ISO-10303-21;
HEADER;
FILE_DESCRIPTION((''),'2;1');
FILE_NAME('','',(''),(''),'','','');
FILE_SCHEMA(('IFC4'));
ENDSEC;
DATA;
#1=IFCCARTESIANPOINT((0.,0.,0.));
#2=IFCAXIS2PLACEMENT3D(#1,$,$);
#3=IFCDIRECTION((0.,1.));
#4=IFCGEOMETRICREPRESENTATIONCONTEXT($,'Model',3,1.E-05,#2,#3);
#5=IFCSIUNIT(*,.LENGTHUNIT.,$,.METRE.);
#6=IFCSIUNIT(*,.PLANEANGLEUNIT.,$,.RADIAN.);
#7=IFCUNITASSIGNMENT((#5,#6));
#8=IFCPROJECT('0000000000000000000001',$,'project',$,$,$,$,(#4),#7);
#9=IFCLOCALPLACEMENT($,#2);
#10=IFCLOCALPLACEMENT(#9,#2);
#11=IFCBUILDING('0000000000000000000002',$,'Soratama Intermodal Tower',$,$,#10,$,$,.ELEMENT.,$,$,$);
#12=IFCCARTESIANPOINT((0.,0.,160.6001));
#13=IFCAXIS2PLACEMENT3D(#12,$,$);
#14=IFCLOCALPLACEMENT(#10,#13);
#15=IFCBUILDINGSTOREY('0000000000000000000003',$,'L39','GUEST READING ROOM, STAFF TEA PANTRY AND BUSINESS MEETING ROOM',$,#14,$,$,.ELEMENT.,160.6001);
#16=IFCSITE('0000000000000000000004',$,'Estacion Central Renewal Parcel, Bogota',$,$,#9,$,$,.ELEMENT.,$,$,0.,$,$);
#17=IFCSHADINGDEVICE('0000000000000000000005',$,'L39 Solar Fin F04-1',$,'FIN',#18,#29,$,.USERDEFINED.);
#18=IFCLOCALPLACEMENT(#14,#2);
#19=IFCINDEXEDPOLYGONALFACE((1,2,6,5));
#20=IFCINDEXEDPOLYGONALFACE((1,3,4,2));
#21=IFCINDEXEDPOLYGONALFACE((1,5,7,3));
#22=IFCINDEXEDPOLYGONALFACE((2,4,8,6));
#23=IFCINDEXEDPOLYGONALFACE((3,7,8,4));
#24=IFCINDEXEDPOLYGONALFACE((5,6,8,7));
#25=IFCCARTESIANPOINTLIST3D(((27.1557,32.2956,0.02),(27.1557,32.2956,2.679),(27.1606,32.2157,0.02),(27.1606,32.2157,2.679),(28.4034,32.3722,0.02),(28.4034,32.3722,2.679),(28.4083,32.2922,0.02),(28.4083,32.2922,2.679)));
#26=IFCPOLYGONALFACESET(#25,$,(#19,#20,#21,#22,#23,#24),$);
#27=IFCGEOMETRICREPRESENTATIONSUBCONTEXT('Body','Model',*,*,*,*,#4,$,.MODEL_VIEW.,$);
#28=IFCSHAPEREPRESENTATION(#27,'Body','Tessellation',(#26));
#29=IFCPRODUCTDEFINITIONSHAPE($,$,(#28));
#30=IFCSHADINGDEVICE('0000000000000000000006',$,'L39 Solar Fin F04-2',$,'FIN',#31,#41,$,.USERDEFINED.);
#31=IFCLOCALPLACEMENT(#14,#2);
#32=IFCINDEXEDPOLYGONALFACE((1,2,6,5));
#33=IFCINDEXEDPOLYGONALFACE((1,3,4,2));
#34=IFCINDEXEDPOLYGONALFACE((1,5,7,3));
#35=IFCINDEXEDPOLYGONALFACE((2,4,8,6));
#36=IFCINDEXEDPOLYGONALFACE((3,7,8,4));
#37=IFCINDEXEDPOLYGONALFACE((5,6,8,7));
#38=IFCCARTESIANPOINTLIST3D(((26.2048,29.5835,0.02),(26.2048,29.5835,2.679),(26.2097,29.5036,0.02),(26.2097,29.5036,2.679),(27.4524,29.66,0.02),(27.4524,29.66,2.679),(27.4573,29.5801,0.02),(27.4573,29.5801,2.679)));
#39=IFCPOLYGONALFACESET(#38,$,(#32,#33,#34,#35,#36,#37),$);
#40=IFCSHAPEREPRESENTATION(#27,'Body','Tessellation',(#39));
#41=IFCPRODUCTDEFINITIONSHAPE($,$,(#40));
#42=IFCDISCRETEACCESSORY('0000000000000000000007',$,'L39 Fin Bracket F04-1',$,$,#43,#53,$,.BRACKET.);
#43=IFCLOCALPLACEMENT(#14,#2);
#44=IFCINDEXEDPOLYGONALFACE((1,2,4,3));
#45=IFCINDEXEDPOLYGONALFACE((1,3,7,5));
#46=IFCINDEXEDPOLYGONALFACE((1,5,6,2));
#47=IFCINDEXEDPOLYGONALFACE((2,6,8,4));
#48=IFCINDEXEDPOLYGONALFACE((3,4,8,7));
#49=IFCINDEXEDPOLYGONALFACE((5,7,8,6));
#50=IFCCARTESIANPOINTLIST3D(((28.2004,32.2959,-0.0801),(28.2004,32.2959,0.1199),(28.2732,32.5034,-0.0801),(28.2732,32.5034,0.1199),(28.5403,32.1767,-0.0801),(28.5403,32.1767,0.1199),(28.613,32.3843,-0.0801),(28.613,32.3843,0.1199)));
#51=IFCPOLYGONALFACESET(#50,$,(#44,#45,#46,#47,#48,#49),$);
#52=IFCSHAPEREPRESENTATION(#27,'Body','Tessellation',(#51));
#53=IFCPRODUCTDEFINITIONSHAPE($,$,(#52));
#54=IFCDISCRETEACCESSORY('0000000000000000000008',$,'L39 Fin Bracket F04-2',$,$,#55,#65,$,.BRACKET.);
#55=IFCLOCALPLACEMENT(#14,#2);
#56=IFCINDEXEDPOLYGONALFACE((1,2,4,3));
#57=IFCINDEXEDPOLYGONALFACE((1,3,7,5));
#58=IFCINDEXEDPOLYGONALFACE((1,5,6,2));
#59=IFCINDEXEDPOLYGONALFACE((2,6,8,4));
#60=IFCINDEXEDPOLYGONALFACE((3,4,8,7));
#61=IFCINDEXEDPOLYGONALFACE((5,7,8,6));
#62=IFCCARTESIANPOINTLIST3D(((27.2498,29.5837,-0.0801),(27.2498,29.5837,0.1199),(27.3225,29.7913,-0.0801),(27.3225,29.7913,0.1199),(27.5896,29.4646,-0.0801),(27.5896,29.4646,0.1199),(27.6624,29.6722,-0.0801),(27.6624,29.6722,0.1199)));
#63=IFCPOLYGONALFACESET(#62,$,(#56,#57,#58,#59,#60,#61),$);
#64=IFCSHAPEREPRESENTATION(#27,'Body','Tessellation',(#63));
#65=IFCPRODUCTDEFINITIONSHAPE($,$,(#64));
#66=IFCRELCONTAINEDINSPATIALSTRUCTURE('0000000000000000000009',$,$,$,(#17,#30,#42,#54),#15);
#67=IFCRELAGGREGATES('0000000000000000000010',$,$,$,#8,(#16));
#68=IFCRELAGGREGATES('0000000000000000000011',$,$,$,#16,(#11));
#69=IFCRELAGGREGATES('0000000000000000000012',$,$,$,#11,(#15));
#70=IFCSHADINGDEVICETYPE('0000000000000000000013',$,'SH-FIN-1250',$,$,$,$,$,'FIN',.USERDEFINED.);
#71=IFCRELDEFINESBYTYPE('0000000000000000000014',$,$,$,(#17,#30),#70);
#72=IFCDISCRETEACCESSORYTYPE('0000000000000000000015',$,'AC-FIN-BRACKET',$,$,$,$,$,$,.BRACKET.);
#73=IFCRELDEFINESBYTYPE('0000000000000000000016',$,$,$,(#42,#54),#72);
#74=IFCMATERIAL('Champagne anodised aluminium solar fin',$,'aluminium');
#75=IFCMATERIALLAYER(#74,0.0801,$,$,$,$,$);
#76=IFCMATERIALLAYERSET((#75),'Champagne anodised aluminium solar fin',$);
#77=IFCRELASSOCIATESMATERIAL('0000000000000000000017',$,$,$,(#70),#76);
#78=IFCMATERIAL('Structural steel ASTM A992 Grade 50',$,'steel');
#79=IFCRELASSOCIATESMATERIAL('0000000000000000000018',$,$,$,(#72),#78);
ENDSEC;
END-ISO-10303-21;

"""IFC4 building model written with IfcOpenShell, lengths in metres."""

from ifc_helpers import new_model, si_unit, direction, frame, origin, origin_2d, place, context, subcontext, project, spatial, rectangle, extrude, material, layer, layer_set, type_object, element, save


model = new_model("IFC4")

# Units and contexts
model_context = context("Model", 3, precision=1e-05, world=origin(), true_north=direction((0.0, 1.0)))
body_context = subcontext(model_context, "Body", "Model", "MODEL_VIEW")
ifc_project = project(units=[si_unit("LENGTHUNIT", "METRE"), si_unit("PLANEANGLEUNIT", "RADIAN")], contexts=[model_context])

# Site, building, storey
site_placement = place(None, origin())
site = spatial("IfcSite", under=ifc_project, at=site_placement, Name="Estacion Central Renewal Parcel, Bogota", CompositionType="ELEMENT", RefElevation=0.0)
building_placement = place(site_placement, origin())
building = spatial("IfcBuilding", under=site, at=building_placement, Name="Soratama Intermodal Tower", CompositionType="ELEMENT")
storey_placement = place(building_placement, frame((0.0, 0.0, 160.6001)))
storey = spatial("IfcBuildingStorey", under=building, at=storey_placement, Name="L39", Description="GUEST READING ROOM, STAFF TEA PANTRY AND BUSINESS MEETING ROOM", CompositionType="ELEMENT", Elevation=160.6001)

# Shading devices
ifc_material_1 = material(Name="Champagne anodised aluminium solar fin", Category="aluminium")
ifc_layer_1 = layer(ifc_material_1, 0.0801)
ifc_layer_set_1 = layer_set([ifc_layer_1], Name="Champagne anodised aluminium solar fin")
shading_device_type = type_object("IfcShadingDeviceType", Name="SH-FIN-1250", ElementType="FIN", PredefinedType="USERDEFINED", material=ifc_layer_set_1)
for number, where, z_axis, x_axis, name in (
    (1, (27.782, 32.2939, 0.02), (0.0, 0.0, 1.0), (-0.998124, -0.061223, 0.0), "L39 Solar Fin F04-1"),
    (2, (26.8311, 29.5818, 0.02), (0.0, 0.0, 1.0), (-0.998124, -0.061223, 0.0), "L39 Solar Fin F04-2"),
):
    element("IfcShadingDevice", number, at=place(storey_placement, frame(where, z_axis=z_axis, x_axis=x_axis)), inside=storey, type_object=shading_device_type, Name=name, ObjectType="FIN", PredefinedType="USERDEFINED", context=body_context, shape_type="SweptSolid", body=[
        extrude(rectangle(XDim=1.25, YDim=0.0801, at=origin_2d()), origin(), (0.0, 0.0, 1.0), 2.6589),
    ])

# Discrete accessories
ifc_material_2 = material(Name="Structural steel ASTM A992 Grade 50", Category="steel")
discrete_accessory_type = type_object("IfcDiscreteAccessoryType", Name="AC-FIN-BRACKET", PredefinedType="BRACKET", material=ifc_material_2)
for number, where, z_axis, x_axis, name in (
    (3, (28.4067, 32.3401, -0.0801), (0.0, 0.0, 1.0), (-0.943686, 0.330844, 0.0), "L39 Fin Bracket F04-1"),
    (4, (27.4561, 29.6279, -0.0801), (0.0, 0.0, 1.0), (-0.943686, 0.330844, 0.0), "L39 Fin Bracket F04-2"),
):
    element("IfcDiscreteAccessory", number, at=place(storey_placement, frame(where, z_axis=z_axis, x_axis=x_axis)), inside=storey, type_object=discrete_accessory_type, Name=name, PredefinedType="BRACKET", context=body_context, shape_type="SweptSolid", body=[
        extrude(rectangle(XDim=0.3601, YDim=0.22, at=origin_2d()), origin(), (0.0, 0.0, 1.0), 0.2),
    ])

save(model, "model.ifc")
